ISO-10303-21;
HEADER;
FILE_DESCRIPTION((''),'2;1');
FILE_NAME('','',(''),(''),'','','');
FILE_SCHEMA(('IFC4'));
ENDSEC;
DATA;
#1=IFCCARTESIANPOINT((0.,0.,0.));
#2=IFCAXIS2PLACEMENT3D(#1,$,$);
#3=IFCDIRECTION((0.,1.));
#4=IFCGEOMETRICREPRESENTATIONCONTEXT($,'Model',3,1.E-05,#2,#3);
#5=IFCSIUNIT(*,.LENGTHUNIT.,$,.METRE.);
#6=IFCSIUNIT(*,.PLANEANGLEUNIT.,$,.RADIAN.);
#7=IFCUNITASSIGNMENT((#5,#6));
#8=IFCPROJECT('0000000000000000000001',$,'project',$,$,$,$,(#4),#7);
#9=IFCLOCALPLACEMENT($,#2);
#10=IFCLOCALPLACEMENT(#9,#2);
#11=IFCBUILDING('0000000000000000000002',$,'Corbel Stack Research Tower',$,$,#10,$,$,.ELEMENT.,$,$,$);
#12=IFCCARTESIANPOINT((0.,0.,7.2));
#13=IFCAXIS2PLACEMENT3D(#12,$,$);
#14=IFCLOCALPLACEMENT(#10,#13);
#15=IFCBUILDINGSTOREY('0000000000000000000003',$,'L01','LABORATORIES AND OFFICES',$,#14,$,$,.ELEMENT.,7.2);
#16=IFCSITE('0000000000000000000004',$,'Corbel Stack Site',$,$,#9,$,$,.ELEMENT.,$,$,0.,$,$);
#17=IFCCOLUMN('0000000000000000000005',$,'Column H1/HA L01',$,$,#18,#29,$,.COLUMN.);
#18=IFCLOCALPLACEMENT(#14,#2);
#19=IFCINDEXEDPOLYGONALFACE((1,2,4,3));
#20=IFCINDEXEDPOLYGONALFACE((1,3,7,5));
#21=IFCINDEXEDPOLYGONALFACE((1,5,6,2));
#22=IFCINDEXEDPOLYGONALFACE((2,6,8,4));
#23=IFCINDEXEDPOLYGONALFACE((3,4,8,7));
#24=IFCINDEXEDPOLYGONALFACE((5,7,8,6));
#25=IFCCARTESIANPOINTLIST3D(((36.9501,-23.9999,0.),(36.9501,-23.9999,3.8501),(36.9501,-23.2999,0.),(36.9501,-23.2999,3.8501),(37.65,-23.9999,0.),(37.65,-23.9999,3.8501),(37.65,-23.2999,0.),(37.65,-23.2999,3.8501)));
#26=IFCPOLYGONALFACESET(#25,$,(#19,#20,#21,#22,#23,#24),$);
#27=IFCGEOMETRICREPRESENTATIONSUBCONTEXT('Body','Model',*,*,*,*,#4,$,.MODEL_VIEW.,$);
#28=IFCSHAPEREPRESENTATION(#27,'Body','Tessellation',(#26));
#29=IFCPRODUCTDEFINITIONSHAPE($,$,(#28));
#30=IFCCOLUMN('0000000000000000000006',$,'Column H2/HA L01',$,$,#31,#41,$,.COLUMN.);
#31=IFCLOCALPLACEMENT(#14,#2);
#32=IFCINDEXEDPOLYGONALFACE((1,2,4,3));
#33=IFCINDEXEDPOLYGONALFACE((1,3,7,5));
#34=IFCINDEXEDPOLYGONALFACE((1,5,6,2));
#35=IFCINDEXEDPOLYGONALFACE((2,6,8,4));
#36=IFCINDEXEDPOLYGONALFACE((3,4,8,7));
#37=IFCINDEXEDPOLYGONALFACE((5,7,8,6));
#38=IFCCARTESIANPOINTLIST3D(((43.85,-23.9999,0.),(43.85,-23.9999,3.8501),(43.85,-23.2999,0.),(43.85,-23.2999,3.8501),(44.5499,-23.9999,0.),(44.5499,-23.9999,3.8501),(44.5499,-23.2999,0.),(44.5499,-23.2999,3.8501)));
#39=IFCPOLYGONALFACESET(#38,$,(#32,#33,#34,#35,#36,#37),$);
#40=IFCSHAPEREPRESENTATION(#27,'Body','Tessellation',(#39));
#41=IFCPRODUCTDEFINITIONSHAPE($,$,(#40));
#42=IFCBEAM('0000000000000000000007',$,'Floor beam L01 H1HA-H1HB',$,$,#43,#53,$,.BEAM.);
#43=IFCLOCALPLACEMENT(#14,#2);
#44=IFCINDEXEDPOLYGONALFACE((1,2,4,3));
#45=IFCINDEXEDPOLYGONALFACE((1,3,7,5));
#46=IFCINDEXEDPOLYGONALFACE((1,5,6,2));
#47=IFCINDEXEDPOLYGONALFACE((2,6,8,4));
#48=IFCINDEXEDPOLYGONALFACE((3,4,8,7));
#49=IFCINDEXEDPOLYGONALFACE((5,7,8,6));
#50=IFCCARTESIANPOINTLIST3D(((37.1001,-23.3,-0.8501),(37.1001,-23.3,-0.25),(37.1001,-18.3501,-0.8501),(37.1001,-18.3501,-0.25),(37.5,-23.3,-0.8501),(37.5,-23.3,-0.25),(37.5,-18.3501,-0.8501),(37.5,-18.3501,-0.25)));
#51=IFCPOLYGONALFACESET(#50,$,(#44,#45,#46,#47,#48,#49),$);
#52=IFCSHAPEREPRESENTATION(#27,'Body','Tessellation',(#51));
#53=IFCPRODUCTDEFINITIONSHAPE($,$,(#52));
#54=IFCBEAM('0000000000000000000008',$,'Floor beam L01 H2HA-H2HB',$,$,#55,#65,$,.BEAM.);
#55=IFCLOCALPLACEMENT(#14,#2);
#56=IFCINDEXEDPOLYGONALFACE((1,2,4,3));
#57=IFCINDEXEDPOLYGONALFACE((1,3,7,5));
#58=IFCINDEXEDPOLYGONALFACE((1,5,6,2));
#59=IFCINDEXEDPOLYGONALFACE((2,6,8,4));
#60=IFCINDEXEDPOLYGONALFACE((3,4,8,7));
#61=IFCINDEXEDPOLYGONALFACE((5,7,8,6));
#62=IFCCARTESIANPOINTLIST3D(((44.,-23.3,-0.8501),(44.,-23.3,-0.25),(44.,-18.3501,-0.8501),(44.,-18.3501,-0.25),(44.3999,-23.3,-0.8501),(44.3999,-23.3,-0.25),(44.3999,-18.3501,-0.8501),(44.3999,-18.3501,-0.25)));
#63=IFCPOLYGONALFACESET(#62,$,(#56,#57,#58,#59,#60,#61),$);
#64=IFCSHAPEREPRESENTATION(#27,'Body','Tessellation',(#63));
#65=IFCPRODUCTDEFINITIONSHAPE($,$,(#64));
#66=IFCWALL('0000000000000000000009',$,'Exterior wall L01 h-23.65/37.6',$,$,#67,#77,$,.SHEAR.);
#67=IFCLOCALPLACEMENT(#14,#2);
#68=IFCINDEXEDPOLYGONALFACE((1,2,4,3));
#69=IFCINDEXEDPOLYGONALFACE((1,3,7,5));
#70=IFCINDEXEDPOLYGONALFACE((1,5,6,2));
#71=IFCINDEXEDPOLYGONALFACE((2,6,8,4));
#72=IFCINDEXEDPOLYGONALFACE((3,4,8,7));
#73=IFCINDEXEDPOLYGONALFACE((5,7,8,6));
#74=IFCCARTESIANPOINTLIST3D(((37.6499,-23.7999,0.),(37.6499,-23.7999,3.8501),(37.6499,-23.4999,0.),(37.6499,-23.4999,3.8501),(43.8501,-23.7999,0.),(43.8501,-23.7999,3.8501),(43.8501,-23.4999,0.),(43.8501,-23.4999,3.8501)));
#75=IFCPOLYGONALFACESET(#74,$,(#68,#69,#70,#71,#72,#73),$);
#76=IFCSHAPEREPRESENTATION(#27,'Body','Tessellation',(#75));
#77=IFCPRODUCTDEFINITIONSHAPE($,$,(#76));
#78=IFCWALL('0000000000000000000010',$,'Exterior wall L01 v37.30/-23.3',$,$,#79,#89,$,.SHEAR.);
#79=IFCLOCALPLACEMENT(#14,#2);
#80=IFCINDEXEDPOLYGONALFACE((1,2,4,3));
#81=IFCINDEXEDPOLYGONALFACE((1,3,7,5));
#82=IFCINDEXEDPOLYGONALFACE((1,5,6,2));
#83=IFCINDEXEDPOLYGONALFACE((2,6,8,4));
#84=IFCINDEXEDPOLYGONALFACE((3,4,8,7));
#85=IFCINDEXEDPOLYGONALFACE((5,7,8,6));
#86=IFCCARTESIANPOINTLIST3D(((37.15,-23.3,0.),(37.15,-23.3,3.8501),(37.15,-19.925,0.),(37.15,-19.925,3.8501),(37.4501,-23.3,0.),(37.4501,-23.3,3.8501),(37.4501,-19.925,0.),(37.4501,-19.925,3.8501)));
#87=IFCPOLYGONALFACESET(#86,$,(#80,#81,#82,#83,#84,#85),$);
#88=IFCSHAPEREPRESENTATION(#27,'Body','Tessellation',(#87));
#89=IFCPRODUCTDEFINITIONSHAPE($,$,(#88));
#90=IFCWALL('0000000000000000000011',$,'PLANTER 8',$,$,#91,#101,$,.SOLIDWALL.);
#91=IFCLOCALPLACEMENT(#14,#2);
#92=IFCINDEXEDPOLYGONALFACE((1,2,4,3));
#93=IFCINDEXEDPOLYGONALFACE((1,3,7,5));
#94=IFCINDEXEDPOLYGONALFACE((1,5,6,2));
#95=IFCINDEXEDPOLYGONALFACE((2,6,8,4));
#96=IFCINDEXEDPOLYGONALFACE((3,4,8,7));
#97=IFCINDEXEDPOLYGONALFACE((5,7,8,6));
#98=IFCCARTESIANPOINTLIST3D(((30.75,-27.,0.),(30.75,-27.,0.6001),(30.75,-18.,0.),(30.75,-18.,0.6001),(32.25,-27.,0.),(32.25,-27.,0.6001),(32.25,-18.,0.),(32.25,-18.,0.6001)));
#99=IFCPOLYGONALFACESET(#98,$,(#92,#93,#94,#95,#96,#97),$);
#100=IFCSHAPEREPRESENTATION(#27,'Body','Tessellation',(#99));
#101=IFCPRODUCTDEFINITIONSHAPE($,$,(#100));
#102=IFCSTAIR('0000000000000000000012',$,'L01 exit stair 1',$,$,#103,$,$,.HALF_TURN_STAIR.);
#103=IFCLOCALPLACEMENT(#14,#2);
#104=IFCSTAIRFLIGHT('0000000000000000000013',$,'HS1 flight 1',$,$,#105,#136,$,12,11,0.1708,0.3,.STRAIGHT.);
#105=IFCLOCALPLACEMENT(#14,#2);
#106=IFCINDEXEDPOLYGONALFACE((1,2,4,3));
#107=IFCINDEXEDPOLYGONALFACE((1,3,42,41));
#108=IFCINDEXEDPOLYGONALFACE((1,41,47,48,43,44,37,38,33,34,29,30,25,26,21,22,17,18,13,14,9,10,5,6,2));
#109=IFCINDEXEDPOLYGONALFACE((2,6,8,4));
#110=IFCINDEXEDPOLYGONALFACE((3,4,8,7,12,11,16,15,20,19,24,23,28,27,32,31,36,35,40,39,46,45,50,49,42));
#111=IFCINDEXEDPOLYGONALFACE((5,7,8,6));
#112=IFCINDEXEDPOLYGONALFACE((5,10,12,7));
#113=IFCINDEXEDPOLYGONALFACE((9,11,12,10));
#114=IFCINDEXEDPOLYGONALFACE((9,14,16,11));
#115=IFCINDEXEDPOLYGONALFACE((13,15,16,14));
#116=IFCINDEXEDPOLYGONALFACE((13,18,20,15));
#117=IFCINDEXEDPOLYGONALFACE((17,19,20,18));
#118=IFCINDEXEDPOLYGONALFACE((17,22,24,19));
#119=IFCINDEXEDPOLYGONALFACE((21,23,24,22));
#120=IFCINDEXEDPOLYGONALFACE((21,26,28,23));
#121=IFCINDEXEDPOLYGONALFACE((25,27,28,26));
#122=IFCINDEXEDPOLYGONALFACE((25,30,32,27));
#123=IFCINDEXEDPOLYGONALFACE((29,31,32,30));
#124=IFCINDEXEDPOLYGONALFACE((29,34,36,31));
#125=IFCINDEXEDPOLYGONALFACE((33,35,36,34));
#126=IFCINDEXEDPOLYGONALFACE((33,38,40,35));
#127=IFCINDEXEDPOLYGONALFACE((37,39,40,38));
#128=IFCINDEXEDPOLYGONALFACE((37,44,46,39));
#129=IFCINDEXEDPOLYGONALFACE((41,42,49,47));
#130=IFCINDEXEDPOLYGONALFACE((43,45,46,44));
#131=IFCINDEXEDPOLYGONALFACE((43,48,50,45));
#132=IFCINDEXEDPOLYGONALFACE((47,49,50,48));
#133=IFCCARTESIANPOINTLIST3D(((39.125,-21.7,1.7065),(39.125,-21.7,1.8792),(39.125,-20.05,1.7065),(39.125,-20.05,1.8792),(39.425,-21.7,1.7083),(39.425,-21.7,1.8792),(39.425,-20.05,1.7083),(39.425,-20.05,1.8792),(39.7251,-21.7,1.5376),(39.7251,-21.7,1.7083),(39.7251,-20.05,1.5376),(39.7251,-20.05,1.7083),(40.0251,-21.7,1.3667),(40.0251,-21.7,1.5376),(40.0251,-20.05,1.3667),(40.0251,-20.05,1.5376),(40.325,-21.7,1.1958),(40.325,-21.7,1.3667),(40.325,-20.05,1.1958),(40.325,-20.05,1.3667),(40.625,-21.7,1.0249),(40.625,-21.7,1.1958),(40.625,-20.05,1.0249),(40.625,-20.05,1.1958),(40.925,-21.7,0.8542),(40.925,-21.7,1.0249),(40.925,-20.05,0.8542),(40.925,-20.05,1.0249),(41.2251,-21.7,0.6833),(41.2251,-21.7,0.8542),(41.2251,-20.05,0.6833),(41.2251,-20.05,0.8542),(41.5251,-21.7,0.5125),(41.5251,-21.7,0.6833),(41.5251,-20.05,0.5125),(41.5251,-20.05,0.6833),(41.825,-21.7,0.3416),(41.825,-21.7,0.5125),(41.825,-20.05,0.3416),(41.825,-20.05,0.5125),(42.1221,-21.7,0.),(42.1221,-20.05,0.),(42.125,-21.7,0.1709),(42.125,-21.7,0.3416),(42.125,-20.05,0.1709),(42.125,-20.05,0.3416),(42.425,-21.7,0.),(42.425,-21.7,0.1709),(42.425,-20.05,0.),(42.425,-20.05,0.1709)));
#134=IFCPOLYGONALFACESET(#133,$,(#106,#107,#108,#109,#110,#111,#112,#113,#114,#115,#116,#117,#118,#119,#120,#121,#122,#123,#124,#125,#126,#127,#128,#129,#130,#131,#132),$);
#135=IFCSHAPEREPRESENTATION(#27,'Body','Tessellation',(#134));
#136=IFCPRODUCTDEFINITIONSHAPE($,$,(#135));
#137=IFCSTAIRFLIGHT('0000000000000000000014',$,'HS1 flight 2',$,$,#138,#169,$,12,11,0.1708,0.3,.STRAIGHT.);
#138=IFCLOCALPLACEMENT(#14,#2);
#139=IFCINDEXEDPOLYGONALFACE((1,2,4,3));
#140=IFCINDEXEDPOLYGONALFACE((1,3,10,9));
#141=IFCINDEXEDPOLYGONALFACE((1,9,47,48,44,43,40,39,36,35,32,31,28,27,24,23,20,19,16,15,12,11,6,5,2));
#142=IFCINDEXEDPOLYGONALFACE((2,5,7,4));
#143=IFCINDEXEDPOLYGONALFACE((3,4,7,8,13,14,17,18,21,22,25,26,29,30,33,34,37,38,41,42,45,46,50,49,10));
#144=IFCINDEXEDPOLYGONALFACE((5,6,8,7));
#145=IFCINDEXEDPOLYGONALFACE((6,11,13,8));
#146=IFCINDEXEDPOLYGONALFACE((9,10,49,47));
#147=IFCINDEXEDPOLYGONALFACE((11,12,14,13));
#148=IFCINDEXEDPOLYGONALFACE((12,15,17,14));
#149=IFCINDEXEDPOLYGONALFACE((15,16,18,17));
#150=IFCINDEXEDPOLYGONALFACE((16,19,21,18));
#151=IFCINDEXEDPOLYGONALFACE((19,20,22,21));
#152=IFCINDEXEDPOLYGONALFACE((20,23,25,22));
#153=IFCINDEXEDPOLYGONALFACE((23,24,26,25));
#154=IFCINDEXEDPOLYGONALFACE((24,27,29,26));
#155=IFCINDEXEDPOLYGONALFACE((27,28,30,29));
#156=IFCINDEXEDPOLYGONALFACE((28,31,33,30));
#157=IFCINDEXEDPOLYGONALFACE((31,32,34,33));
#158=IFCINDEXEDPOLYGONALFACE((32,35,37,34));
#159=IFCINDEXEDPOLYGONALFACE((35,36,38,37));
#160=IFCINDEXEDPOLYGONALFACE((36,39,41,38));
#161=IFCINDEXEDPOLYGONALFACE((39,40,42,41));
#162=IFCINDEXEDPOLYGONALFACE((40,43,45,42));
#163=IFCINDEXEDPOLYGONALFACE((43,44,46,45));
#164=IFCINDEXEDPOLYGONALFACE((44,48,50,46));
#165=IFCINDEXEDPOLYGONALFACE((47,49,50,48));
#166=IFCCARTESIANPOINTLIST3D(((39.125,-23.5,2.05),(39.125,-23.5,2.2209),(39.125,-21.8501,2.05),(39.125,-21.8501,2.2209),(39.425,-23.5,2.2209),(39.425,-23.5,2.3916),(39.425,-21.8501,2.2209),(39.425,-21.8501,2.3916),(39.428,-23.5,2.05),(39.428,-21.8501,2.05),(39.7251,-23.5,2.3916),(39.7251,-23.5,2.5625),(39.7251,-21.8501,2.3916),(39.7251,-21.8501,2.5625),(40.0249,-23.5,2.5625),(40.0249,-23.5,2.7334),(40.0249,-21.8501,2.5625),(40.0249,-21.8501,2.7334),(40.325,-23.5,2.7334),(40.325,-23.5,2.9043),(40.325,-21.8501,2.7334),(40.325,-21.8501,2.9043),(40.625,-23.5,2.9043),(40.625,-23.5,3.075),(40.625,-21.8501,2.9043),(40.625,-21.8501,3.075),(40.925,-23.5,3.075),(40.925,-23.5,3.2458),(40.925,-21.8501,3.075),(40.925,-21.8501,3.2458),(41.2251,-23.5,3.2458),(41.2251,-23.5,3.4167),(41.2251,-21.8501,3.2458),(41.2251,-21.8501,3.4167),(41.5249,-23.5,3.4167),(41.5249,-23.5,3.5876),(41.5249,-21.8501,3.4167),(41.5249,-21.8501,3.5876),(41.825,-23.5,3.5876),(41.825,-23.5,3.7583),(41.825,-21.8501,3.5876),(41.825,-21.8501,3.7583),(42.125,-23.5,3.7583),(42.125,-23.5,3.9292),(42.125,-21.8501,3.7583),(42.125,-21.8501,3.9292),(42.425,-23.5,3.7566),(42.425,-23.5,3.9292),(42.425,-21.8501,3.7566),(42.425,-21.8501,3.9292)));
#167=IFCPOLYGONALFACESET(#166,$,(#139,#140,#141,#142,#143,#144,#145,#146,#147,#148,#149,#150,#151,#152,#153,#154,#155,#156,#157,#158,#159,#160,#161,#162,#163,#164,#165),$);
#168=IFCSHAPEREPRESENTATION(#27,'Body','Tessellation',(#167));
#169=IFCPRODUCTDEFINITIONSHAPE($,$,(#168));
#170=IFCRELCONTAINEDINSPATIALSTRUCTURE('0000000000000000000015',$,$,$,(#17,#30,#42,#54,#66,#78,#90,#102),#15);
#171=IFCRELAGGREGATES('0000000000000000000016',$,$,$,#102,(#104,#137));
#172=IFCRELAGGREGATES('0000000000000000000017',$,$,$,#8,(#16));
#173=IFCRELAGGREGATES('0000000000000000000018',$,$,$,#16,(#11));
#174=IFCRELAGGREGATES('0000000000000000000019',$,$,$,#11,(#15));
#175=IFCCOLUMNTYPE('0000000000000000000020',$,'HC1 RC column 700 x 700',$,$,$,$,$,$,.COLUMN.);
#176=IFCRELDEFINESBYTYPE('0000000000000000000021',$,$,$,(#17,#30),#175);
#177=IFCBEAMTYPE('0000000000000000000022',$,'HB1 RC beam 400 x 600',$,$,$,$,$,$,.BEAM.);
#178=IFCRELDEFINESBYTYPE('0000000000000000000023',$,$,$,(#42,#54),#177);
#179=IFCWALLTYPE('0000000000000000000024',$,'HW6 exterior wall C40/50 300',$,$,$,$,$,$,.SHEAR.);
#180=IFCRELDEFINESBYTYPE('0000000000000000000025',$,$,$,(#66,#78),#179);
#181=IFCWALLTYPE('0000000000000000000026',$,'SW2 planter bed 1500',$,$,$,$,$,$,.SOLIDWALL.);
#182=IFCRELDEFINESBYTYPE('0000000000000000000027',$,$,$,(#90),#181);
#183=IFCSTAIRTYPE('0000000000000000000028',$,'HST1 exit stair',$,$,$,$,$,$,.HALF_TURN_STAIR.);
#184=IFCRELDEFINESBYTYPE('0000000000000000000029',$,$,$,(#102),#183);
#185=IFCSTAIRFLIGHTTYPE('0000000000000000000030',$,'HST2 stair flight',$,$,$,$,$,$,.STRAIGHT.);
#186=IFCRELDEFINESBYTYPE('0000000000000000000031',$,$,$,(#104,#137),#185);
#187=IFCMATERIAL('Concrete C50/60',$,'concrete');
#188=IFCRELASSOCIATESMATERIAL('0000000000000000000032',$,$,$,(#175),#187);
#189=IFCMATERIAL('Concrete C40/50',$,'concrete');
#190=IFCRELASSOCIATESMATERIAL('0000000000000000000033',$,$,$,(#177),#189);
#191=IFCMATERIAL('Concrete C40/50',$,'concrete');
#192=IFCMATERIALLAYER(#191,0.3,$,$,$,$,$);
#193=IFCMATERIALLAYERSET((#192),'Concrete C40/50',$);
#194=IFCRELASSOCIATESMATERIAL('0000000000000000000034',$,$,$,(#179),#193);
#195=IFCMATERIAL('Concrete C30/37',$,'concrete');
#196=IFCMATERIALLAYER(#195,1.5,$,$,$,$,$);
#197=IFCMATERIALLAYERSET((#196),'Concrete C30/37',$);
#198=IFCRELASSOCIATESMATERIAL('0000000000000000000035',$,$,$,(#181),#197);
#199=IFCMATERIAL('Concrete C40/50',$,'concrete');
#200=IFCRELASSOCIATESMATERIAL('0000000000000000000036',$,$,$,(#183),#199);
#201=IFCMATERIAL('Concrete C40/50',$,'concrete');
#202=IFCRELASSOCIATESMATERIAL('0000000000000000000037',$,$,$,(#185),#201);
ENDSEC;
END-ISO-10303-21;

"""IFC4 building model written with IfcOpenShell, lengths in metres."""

from ifc_helpers import new_model, si_unit, direction, frame, frame_2d, origin, origin_2d, place, context, subcontext, project, spatial, polyline, rectangle, outline, extrude, material, layer, layer_set, material_profile, profile_set, type_object, element, aggregate, save


model = new_model("IFC4")

# Units and contexts
model_context = context("Model", 3, precision=1e-05, world=origin(), true_north=direction((0.0, 1.0)))
body_context = subcontext(model_context, "Body", "Model", "MODEL_VIEW")
ifc_project = project(units=[si_unit("LENGTHUNIT", "METRE"), si_unit("PLANEANGLEUNIT", "RADIAN")], contexts=[model_context])

# Site, building, storey
site_placement = place(None, origin())
site = spatial("IfcSite", under=ifc_project, at=site_placement, Name="Corbel Stack Site", CompositionType="ELEMENT", RefElevation=0.0)
building_placement = place(site_placement, origin())
building = spatial("IfcBuilding", under=site, at=building_placement, Name="Corbel Stack Research Tower", CompositionType="ELEMENT")
storey_placement = place(building_placement, frame((0.0, 0.0, 7.2)))
storey = spatial("IfcBuildingStorey", under=building, at=storey_placement, Name="L01", Description="LABORATORIES AND OFFICES", CompositionType="ELEMENT", Elevation=7.2)

# Columns
ifc_material_1 = material(Name="Concrete C50/60", Category="concrete")
ifc_material_profile_1 = material_profile(ifc_material_1, rectangle(XDim=0.7, YDim=0.7, at=origin_2d()), Name="RC 700 x 700")
ifc_profile_set_1 = profile_set([ifc_material_profile_1], Name="Concrete C50/60")
column_type = type_object("IfcColumnType", Name="HC1 RC column 700 x 700", PredefinedType="COLUMN", material=ifc_profile_set_1)
for number, where, z_axis, x_axis, name in (
    (1, (37.3, -23.6499, 0.0), (0.0, 0.0, 1.0), (1.0, 0.0, 0.0), "Column H1/HA L01"),
    (2, (44.2, -23.6499, 0.0), (0.0, 0.0, 1.0), (1.0, 0.0, 0.0), "Column H2/HA L01"),
):
    element("IfcColumn", number, at=place(storey_placement, frame(where, z_axis=z_axis, x_axis=x_axis)), inside=storey, type_object=column_type, Name=name, PredefinedType="COLUMN", context=body_context, shape_type="SweptSolid", body=[
        extrude(rectangle(XDim=0.7, YDim=0.7, at=origin_2d()), origin(), (0.0, 0.0, 1.0), 3.8501),
    ])

# Beams
ifc_material_2 = material(Name="Concrete C40/50", Category="concrete")
ifc_material_profile_2 = material_profile(ifc_material_2, rectangle(XDim=0.3999, YDim=0.6001, at=origin_2d()), Name="RC 400 x 600")
ifc_profile_set_2 = profile_set([ifc_material_profile_2], Name="Concrete C40/50")
beam_type = type_object("IfcBeamType", Name="HB1 RC beam 400 x 600", PredefinedType="BEAM", material=ifc_profile_set_2)
for number, where, z_axis, x_axis, name in (
    (3, (37.3, -23.3, -0.55), (0.0, 1.0, 0.0), (-1.0, 0.0, 0.0), "Floor beam L01 H1HA-H1HB"),
    (4, (44.2, -23.3, -0.55), (0.0, 1.0, 0.0), (-1.0, 0.0, 0.0), "Floor beam L01 H2HA-H2HB"),
):
    element("IfcBeam", number, at=place(storey_placement, frame(where, z_axis=z_axis, x_axis=x_axis)), inside=storey, type_object=beam_type, Name=name, PredefinedType="BEAM", context=body_context, shape_type="SweptSolid", body=[
        extrude(rectangle(XDim=0.3999, YDim=0.6001, at=origin_2d()), origin(), (0.0, 0.0, 1.0), 4.95),
    ])

# Walls
ifc_material_3 = material(Name="Concrete C40/50", Category="concrete")
ifc_layer_1 = layer(ifc_material_3, 0.3)
ifc_layer_set_1 = layer_set([ifc_layer_1], Name="Concrete C40/50")
wall_type_1 = type_object("IfcWallType", Name="HW6 exterior wall C40/50 300", PredefinedType="SHEAR", material=ifc_layer_set_1)
wall_1_placement = place(storey_placement, frame((37.6499, -23.6499, 0.0), z_axis=(0.0, 0.0, 1.0), x_axis=(1.0, 0.0, 0.0)))
element("IfcWall", 5, at=wall_1_placement, inside=storey, type_object=wall_type_1, Name="Exterior wall L01 h-23.65/37.6", PredefinedType="SHEAR", context=body_context, shape_type="SweptSolid", body=[
    extrude(rectangle(XDim=6.2002, YDim=0.3, at=frame_2d((3.1001, 0.0))), origin(), (0.0, 0.0, 1.0), 3.8501),
])
wall_2_placement = place(storey_placement, frame((37.3, -23.3, 0.0), z_axis=(0.0, 0.0, 1.0), x_axis=(0.0, 1.0, 0.0)))
element("IfcWall", 6, at=wall_2_placement, inside=storey, type_object=wall_type_1, Name="Exterior wall L01 v37.30/-23.3", PredefinedType="SHEAR", context=body_context, shape_type="SweptSolid", body=[
    extrude(rectangle(XDim=3.375, YDim=0.3, at=frame_2d((1.6875, 0.0))), origin(), (0.0, 0.0, 1.0), 3.8501),
])
ifc_material_4 = material(Name="Concrete C30/37", Category="concrete")
ifc_layer_2 = layer(ifc_material_4, 1.5)
ifc_layer_set_2 = layer_set([ifc_layer_2], Name="Concrete C30/37")
wall_type_2 = type_object("IfcWallType", Name="SW2 planter bed 1500", PredefinedType="SOLIDWALL", material=ifc_layer_set_2)
wall_3_placement = place(storey_placement, frame((31.5, -27.0, 0.0), z_axis=(0.0, 0.0, 1.0), x_axis=(0.0, 1.0, 0.0)))
element("IfcWall", 7, at=wall_3_placement, inside=storey, type_object=wall_type_2, Name="PLANTER 8", PredefinedType="SOLIDWALL", context=body_context, shape_type="SweptSolid", body=[
    extrude(rectangle(XDim=9.0, YDim=1.5, at=frame_2d((4.5, 0.0))), origin(), (0.0, 0.0, 1.0), 0.6001),
])

# Stair, stair flights
ifc_material_5 = material(Name="Concrete C40/50", Category="concrete")
stair_type = type_object("IfcStairType", Name="HST1 exit stair", PredefinedType="HALF_TURN_STAIR", material=ifc_material_5)
stair_placement = place(storey_placement, origin())
stair = element("IfcStair", 8, at=stair_placement, inside=storey, type_object=stair_type, Name="L01 exit stair 1", PredefinedType="HALF_TURN_STAIR")
ifc_material_6 = material(Name="Concrete C40/50", Category="concrete")
stair_flight_type = type_object("IfcStairFlightType", Name="HST2 stair flight", PredefinedType="STRAIGHT", material=ifc_material_6)
stair_flight_1_placement = place(storey_placement, frame((42.425, -20.875, 0.0), z_axis=(0.0, 0.0, 1.0), x_axis=(-1.0, 0.0, 0.0)))
stair_flight_1 = element("IfcStairFlight", 9, at=stair_flight_1_placement, type_object=stair_flight_type, Name="HS1 flight 1", NumberOfRisers=12, NumberOfTreads=11, PredefinedType="STRAIGHT", RiserHeight=0.1708, TreadLength=0.3, context=body_context, shape_type="SweptSolid", body=[
    extrude(outline(polyline([(0.0, 0.0), (0.0, 0.1709), (0.3, 0.1709), (0.3, 0.3416), (0.6001, 0.3416), (0.6001, 0.5125), (0.8999, 0.5125), (0.8999, 0.6833), (1.2, 0.6833), (1.2, 0.8542), (1.5, 0.8542), (1.5, 1.0249), (1.8, 1.0249), (1.8, 1.1958), (2.1001, 1.1958), (2.1001, 1.3667), (2.3999, 1.3667), (2.3999, 1.5376), (2.7, 1.5376), (2.7, 1.7083), (3.0, 1.7083), (3.0, 1.8792), (3.3, 1.8792), (3.3, 2.05), (3.3, 1.7065), (0.303, 0.0), (0.0, 0.0)])), frame((0.0, 0.825, 0.0), z_axis=(0.0, -1.0, 0.0), x_axis=(1.0, 0.0, 0.0)), (0.0, 0.0, 1.0), 1.6499),
])
stair_flight_2_placement = place(storey_placement, frame((39.125, -22.675, 2.05), z_axis=(0.0, 0.0, 1.0), x_axis=(1.0, 0.0, 0.0)))
stair_flight_2 = element("IfcStairFlight", 10, at=stair_flight_2_placement, type_object=stair_flight_type, Name="HS1 flight 2", NumberOfRisers=12, NumberOfTreads=11, PredefinedType="STRAIGHT", RiserHeight=0.1708, TreadLength=0.3, context=body_context, shape_type="SweptSolid", body=[
    extrude(outline(polyline([(0.0, 0.0), (0.0, 0.1709), (0.3, 0.1709), (0.3, 0.3416), (0.6001, 0.3416), (0.6001, 0.5125), (0.8999, 0.5125), (0.8999, 0.6833), (1.2, 0.6833), (1.2, 0.8542), (1.5, 0.8542), (1.5, 1.0249), (1.8, 1.0249), (1.8, 1.1958), (2.1001, 1.1958), (2.1001, 1.3667), (2.3999, 1.3667), (2.3999, 1.5376), (2.7, 1.5376), (2.7, 1.7083), (3.0, 1.7083), (3.0, 1.8792), (3.3, 1.8792), (3.3, 2.05), (3.3, 1.7065), (0.303, 0.0), (0.0, 0.0)])), frame((0.0, 0.825, 0.0), z_axis=(0.0, -1.0, 0.0), x_axis=(1.0, 0.0, 0.0)), (0.0, 0.0, 1.0), 1.6499),
])
aggregate(stair, [stair_flight_1, stair_flight_2])

save(model, "model.ifc")
